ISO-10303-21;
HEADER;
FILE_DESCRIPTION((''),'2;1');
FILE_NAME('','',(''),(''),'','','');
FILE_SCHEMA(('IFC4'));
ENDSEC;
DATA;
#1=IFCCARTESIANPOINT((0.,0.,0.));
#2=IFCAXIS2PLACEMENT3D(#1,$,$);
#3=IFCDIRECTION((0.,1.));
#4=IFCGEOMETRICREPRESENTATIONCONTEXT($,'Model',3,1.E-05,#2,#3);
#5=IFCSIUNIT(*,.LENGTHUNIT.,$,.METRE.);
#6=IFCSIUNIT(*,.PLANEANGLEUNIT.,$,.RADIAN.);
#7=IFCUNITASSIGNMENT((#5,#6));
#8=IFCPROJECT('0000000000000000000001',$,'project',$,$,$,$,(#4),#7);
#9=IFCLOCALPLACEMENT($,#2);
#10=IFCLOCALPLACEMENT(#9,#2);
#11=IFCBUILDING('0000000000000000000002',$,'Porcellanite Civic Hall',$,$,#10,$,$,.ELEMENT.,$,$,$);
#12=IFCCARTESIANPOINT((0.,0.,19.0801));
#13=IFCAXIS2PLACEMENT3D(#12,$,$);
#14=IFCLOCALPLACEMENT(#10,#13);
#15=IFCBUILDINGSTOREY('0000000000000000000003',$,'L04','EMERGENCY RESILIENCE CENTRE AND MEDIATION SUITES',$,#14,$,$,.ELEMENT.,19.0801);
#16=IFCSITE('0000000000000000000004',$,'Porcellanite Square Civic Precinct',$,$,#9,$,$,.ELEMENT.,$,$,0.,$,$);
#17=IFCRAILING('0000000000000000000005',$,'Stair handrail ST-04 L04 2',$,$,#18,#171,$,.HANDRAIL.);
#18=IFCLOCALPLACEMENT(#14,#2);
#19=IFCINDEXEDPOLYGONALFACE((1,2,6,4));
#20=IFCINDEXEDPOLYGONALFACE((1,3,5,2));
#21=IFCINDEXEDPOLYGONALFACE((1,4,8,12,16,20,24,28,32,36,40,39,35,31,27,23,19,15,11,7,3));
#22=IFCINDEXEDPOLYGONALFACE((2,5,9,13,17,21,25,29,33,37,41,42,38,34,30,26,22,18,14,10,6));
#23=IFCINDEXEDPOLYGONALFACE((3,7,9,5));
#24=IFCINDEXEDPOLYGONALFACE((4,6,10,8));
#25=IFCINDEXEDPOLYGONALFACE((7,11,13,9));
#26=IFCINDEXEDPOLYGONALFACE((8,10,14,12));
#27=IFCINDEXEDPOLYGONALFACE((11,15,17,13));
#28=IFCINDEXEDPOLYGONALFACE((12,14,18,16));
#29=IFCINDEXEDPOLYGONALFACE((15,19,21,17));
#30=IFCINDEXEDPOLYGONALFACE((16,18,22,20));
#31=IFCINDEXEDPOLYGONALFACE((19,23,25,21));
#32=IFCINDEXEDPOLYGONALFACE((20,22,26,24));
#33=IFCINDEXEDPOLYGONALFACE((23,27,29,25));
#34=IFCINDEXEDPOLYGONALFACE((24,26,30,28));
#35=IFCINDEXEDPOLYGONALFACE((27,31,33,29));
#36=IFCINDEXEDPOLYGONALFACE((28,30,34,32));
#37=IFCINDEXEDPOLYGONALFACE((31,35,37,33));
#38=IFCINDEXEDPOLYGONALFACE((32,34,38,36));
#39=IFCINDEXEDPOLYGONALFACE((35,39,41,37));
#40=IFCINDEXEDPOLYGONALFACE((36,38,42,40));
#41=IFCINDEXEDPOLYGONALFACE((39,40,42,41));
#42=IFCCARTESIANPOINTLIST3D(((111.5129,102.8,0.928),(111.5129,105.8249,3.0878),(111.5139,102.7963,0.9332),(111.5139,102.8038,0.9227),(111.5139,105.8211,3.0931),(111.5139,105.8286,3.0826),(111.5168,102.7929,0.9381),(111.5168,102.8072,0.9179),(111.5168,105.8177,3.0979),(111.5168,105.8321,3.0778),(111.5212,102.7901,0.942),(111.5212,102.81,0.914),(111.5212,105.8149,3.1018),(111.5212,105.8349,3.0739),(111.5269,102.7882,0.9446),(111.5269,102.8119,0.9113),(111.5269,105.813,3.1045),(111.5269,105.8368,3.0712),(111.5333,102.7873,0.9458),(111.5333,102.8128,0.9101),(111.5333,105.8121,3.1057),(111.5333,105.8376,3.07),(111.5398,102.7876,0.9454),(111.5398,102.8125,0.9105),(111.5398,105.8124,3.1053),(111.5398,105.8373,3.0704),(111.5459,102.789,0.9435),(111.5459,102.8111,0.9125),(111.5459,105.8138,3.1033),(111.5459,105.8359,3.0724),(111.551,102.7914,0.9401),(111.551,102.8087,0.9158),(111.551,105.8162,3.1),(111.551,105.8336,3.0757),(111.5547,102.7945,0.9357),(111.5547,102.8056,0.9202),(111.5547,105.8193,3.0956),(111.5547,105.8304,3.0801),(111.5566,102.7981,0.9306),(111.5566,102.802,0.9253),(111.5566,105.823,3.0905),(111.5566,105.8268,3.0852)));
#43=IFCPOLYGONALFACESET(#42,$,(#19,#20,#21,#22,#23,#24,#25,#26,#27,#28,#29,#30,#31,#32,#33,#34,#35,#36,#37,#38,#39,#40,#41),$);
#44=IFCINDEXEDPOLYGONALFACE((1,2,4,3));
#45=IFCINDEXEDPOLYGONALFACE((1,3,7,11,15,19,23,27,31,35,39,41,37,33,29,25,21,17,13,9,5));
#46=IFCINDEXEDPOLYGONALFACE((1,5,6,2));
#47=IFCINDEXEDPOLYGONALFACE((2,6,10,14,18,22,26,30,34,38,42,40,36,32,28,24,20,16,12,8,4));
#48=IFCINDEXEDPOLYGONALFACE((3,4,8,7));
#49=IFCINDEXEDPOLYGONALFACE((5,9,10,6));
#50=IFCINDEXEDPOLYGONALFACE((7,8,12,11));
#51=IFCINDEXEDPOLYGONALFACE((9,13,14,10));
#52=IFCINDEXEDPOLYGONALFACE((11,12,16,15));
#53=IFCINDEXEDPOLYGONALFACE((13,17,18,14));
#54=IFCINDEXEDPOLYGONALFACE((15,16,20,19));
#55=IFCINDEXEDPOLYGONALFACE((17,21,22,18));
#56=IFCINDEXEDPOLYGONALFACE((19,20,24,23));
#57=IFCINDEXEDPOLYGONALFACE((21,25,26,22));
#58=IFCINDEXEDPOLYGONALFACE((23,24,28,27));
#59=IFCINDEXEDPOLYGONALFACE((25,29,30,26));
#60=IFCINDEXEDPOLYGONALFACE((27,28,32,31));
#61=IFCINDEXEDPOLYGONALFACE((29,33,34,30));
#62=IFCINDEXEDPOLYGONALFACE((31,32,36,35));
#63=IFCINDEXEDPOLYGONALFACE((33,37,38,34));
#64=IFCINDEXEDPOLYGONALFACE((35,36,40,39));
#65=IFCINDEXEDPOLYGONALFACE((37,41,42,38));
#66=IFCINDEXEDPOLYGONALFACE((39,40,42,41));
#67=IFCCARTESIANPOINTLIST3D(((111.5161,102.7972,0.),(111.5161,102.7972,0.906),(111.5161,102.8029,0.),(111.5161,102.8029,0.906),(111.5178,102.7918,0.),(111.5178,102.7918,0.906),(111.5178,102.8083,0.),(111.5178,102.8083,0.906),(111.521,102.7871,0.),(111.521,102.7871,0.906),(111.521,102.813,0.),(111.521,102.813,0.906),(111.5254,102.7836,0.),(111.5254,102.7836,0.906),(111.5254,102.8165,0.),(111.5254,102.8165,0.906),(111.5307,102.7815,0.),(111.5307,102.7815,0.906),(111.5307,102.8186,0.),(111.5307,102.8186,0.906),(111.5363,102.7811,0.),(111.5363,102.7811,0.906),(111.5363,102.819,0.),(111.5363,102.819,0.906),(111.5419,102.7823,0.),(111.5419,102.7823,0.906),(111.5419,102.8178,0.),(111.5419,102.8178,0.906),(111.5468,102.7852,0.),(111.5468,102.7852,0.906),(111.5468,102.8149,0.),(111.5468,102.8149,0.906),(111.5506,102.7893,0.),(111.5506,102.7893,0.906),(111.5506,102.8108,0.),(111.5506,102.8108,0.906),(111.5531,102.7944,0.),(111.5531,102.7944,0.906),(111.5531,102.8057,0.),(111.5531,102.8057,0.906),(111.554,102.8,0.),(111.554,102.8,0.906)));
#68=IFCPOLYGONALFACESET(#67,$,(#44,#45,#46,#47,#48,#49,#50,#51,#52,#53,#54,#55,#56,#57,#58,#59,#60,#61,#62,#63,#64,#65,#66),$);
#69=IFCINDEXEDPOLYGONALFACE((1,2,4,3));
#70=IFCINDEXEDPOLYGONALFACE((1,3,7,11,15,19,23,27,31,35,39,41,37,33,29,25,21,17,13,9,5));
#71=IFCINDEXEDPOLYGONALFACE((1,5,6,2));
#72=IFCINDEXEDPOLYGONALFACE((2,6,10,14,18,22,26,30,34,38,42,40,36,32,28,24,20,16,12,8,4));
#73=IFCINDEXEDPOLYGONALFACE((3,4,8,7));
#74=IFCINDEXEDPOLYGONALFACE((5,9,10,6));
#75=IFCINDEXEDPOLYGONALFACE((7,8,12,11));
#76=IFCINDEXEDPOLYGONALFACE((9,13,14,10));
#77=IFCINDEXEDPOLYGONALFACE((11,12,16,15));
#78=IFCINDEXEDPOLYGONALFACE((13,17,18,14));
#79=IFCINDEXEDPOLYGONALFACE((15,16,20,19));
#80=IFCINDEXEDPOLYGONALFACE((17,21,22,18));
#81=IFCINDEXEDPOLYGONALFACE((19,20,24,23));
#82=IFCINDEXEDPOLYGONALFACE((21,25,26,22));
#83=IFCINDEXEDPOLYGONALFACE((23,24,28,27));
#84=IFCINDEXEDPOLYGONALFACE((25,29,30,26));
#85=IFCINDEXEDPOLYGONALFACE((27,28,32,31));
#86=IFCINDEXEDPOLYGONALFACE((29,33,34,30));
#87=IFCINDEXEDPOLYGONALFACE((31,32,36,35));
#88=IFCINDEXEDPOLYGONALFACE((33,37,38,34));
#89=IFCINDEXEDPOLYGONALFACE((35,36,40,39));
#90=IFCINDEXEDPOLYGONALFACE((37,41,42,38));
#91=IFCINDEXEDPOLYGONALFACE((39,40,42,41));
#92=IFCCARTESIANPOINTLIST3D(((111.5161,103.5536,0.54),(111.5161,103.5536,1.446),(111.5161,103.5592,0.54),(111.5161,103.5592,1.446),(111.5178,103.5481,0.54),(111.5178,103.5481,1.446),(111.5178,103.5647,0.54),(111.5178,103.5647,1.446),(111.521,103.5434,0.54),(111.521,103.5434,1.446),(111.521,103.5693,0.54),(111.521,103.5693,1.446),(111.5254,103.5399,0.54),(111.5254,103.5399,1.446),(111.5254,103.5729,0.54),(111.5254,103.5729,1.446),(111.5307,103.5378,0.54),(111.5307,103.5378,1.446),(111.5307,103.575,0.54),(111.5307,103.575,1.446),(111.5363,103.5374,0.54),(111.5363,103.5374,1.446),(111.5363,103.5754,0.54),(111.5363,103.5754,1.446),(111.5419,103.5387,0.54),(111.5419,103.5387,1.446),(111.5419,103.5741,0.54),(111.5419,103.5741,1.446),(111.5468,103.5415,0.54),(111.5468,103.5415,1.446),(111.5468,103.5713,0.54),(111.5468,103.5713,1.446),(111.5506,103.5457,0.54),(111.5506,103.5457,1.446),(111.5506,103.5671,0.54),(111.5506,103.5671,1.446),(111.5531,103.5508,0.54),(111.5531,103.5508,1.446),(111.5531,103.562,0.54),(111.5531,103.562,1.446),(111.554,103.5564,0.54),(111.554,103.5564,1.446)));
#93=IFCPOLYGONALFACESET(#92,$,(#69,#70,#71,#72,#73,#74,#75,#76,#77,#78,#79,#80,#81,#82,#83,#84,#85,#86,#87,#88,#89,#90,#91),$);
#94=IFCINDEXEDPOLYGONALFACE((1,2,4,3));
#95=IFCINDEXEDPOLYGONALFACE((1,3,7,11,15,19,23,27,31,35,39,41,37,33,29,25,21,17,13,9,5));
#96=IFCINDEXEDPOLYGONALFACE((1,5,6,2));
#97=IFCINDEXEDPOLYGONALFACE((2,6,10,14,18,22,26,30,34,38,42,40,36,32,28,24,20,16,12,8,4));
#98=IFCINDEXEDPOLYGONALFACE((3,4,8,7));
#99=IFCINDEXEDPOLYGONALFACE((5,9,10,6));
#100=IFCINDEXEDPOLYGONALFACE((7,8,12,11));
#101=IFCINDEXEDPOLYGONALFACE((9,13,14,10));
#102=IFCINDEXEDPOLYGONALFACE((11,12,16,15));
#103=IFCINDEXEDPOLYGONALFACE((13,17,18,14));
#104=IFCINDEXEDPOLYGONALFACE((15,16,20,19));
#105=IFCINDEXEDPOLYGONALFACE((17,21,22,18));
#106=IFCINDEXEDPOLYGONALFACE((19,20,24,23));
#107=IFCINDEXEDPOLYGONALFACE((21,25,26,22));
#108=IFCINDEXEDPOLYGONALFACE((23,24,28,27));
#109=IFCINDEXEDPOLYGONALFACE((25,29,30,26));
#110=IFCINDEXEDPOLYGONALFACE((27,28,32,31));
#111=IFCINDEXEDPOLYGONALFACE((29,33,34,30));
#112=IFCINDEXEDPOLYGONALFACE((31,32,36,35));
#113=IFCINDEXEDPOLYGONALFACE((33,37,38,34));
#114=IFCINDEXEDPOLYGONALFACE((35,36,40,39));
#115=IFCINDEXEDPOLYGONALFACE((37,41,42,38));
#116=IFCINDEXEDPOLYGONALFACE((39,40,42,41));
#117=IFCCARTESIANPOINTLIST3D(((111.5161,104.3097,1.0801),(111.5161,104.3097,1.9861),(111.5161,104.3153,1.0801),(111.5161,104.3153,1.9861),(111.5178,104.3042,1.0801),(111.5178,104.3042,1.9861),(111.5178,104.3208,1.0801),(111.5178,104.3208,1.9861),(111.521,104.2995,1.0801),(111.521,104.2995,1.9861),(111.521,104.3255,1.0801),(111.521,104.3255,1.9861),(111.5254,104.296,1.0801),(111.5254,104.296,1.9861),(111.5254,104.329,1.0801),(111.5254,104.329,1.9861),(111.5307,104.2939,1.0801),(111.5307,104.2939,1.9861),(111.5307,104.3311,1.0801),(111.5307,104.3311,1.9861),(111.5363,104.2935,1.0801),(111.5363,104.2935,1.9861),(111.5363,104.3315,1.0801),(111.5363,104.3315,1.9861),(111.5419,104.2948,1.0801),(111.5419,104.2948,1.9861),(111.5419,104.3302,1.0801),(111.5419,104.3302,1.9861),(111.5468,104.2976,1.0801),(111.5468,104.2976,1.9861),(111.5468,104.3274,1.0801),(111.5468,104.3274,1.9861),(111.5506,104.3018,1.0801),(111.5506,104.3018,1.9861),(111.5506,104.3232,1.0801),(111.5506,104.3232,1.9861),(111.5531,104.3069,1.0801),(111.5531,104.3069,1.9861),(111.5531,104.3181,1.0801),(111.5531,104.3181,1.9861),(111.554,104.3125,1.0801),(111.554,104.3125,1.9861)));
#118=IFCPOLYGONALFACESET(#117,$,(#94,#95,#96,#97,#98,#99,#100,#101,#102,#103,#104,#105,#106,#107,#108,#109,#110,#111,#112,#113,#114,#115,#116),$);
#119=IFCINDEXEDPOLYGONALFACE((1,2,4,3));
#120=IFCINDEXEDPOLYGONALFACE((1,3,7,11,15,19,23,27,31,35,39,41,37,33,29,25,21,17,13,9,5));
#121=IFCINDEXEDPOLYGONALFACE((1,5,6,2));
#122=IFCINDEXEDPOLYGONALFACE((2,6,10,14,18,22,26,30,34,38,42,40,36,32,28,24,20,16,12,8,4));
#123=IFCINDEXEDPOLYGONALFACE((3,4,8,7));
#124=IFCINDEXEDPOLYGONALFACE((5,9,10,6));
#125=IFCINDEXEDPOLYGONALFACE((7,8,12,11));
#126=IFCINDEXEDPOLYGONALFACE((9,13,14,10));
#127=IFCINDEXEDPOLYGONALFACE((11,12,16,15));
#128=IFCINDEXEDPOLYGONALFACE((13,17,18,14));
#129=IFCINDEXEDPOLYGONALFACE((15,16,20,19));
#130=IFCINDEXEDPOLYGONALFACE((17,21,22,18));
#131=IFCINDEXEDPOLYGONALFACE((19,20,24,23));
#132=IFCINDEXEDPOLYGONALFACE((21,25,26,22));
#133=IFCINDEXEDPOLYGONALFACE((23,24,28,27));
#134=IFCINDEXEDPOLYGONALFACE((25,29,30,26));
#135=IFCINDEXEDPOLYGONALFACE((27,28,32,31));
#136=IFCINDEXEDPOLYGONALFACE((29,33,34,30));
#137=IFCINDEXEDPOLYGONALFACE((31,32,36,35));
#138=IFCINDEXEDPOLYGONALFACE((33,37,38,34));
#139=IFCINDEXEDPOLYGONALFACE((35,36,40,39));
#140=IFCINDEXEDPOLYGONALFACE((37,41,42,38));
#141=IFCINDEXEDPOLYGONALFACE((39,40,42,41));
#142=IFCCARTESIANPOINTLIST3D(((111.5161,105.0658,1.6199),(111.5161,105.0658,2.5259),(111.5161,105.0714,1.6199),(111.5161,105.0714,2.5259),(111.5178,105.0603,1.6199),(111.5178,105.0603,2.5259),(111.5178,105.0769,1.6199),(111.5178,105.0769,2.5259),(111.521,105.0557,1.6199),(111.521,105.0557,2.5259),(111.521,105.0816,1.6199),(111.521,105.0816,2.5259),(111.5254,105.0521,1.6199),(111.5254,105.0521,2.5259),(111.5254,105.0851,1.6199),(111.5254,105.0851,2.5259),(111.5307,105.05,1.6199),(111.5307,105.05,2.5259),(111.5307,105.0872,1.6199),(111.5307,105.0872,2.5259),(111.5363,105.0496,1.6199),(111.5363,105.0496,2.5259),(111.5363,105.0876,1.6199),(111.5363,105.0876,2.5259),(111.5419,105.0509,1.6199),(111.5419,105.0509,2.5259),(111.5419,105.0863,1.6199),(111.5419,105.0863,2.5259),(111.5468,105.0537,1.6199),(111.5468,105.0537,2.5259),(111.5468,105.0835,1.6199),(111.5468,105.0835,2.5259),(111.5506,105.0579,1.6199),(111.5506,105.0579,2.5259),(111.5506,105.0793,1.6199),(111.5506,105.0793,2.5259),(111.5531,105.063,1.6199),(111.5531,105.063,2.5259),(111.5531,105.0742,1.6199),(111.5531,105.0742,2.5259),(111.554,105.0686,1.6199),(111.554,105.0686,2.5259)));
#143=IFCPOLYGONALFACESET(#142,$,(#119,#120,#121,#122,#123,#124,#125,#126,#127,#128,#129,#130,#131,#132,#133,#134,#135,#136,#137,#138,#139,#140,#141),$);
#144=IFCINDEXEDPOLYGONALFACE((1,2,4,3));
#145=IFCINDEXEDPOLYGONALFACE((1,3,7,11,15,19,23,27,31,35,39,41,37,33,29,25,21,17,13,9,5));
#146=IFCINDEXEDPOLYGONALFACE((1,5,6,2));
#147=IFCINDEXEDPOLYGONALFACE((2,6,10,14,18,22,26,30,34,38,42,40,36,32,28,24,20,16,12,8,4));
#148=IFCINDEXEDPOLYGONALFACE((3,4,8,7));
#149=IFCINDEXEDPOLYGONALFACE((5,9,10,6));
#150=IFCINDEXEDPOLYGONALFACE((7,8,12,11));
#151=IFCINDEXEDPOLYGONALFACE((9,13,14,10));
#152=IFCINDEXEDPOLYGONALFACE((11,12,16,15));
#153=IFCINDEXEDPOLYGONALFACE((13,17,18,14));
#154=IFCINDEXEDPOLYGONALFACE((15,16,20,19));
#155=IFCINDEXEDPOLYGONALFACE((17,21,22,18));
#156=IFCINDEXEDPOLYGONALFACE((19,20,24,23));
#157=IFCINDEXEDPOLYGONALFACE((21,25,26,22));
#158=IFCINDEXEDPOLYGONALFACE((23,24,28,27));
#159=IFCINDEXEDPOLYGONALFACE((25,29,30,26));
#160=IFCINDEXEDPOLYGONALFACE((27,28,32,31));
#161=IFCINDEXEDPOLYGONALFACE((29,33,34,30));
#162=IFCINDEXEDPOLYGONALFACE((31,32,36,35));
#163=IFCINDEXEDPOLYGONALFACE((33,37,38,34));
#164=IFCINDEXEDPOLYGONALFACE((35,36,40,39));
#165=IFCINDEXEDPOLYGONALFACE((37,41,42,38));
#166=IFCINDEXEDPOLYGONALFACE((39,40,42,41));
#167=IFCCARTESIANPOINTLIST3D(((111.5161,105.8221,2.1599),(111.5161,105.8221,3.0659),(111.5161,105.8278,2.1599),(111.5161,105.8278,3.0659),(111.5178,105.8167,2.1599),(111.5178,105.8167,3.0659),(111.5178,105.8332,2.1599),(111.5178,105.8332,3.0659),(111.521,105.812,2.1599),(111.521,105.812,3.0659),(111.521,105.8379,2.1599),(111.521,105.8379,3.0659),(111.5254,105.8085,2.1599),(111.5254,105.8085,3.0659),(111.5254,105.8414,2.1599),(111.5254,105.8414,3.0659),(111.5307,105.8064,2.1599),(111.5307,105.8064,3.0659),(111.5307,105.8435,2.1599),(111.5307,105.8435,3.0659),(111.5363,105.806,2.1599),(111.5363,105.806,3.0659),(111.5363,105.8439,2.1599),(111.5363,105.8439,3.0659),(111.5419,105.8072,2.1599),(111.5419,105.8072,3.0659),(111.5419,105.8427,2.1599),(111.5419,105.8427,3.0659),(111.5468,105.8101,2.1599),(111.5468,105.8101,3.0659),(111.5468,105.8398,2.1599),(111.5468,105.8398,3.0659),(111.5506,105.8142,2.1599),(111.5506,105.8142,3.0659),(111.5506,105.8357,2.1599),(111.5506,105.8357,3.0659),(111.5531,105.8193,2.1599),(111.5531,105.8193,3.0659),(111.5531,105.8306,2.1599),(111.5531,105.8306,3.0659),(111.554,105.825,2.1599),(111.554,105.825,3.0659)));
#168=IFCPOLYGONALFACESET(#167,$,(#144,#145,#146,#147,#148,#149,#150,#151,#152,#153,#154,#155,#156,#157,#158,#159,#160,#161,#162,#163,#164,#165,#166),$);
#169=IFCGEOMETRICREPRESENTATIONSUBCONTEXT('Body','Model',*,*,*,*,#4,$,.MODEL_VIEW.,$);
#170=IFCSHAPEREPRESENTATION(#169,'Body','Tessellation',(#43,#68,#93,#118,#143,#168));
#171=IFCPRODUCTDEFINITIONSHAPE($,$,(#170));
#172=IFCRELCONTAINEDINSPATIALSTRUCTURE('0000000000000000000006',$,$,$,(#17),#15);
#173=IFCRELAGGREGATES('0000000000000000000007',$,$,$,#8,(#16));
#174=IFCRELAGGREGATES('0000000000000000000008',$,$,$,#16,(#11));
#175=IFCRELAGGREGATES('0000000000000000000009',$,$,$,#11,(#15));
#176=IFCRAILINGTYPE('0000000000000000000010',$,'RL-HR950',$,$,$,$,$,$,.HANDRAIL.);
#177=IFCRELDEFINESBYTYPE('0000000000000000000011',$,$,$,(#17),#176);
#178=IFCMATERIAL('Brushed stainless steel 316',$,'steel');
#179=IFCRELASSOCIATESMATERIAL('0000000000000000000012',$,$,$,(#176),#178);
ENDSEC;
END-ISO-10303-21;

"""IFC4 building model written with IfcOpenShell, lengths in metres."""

from ifc_helpers import new_model, si_unit, direction, frame, origin, origin_2d, place, context, subcontext, project, spatial, circle, extrude, material, type_object, element, save


model = new_model("IFC4")

# Units and contexts
model_context = context("Model", 3, precision=1e-05, world=origin(), true_north=direction((0.0, 1.0)))
body_context = subcontext(model_context, "Body", "Model", "MODEL_VIEW")
ifc_project = project(units=[si_unit("LENGTHUNIT", "METRE"), si_unit("PLANEANGLEUNIT", "RADIAN")], contexts=[model_context])

# Site, building, storey
site_placement = place(None, origin())
site = spatial("IfcSite", under=ifc_project, at=site_placement, Name="Porcellanite Square Civic Precinct", CompositionType="ELEMENT", RefElevation=0.0)
building_placement = place(site_placement, origin())
building = spatial("IfcBuilding", under=site, at=building_placement, Name="Porcellanite Civic Hall", CompositionType="ELEMENT")
storey_placement = place(building_placement, frame((0.0, 0.0, 19.0801)))
storey = spatial("IfcBuildingStorey", under=building, at=storey_placement, Name="L04", Description="EMERGENCY RESILIENCE CENTRE AND MEDIATION SUITES", CompositionType="ELEMENT", Elevation=19.0801)

# Railing
ifc_material_1 = material(Name="Brushed stainless steel 316", Category="steel")
railing_type_1 = type_object("IfcRailingType", Name="RL-HR950", PredefinedType="HANDRAIL", material=ifc_material_1)
railing_1_placement = place(storey_placement, frame((111.5349, 102.8, 0.0)))
element("IfcRailing", 1, at=railing_1_placement, inside=storey, type_object=railing_type_1, Name="Stair handrail ST-04 L04 2", PredefinedType="HANDRAIL", context=body_context, shape_type="SweptSolid", body=[
    extrude(circle(Radius=0.022, at=origin_2d()), frame((0.0, 0.0, 0.928), z_axis=(0.0, 0.813827, 0.581108), x_axis=(-1.0, 0.0, 0.0)), (0.0, 0.0, 1.0), 3.7168),
    extrude(circle(Radius=0.019, at=origin_2d()), origin(), (0.0, 0.0, 1.0), 0.906),
    extrude(circle(Radius=0.019, at=origin_2d()), frame((0.0, 0.7563, 0.54)), (0.0, 0.0, 1.0), 0.906),
    extrude(circle(Radius=0.019, at=origin_2d()), frame((0.0, 1.5125, 1.0801)), (0.0, 0.0, 1.0), 0.906),
    extrude(circle(Radius=0.019, at=origin_2d()), frame((0.0, 2.2686, 1.6199)), (0.0, 0.0, 1.0), 0.906),
    extrude(circle(Radius=0.019, at=origin_2d()), frame((0.0, 3.0249, 2.1599)), (0.0, 0.0, 1.0), 0.906),
])

save(model, "model.ifc")
